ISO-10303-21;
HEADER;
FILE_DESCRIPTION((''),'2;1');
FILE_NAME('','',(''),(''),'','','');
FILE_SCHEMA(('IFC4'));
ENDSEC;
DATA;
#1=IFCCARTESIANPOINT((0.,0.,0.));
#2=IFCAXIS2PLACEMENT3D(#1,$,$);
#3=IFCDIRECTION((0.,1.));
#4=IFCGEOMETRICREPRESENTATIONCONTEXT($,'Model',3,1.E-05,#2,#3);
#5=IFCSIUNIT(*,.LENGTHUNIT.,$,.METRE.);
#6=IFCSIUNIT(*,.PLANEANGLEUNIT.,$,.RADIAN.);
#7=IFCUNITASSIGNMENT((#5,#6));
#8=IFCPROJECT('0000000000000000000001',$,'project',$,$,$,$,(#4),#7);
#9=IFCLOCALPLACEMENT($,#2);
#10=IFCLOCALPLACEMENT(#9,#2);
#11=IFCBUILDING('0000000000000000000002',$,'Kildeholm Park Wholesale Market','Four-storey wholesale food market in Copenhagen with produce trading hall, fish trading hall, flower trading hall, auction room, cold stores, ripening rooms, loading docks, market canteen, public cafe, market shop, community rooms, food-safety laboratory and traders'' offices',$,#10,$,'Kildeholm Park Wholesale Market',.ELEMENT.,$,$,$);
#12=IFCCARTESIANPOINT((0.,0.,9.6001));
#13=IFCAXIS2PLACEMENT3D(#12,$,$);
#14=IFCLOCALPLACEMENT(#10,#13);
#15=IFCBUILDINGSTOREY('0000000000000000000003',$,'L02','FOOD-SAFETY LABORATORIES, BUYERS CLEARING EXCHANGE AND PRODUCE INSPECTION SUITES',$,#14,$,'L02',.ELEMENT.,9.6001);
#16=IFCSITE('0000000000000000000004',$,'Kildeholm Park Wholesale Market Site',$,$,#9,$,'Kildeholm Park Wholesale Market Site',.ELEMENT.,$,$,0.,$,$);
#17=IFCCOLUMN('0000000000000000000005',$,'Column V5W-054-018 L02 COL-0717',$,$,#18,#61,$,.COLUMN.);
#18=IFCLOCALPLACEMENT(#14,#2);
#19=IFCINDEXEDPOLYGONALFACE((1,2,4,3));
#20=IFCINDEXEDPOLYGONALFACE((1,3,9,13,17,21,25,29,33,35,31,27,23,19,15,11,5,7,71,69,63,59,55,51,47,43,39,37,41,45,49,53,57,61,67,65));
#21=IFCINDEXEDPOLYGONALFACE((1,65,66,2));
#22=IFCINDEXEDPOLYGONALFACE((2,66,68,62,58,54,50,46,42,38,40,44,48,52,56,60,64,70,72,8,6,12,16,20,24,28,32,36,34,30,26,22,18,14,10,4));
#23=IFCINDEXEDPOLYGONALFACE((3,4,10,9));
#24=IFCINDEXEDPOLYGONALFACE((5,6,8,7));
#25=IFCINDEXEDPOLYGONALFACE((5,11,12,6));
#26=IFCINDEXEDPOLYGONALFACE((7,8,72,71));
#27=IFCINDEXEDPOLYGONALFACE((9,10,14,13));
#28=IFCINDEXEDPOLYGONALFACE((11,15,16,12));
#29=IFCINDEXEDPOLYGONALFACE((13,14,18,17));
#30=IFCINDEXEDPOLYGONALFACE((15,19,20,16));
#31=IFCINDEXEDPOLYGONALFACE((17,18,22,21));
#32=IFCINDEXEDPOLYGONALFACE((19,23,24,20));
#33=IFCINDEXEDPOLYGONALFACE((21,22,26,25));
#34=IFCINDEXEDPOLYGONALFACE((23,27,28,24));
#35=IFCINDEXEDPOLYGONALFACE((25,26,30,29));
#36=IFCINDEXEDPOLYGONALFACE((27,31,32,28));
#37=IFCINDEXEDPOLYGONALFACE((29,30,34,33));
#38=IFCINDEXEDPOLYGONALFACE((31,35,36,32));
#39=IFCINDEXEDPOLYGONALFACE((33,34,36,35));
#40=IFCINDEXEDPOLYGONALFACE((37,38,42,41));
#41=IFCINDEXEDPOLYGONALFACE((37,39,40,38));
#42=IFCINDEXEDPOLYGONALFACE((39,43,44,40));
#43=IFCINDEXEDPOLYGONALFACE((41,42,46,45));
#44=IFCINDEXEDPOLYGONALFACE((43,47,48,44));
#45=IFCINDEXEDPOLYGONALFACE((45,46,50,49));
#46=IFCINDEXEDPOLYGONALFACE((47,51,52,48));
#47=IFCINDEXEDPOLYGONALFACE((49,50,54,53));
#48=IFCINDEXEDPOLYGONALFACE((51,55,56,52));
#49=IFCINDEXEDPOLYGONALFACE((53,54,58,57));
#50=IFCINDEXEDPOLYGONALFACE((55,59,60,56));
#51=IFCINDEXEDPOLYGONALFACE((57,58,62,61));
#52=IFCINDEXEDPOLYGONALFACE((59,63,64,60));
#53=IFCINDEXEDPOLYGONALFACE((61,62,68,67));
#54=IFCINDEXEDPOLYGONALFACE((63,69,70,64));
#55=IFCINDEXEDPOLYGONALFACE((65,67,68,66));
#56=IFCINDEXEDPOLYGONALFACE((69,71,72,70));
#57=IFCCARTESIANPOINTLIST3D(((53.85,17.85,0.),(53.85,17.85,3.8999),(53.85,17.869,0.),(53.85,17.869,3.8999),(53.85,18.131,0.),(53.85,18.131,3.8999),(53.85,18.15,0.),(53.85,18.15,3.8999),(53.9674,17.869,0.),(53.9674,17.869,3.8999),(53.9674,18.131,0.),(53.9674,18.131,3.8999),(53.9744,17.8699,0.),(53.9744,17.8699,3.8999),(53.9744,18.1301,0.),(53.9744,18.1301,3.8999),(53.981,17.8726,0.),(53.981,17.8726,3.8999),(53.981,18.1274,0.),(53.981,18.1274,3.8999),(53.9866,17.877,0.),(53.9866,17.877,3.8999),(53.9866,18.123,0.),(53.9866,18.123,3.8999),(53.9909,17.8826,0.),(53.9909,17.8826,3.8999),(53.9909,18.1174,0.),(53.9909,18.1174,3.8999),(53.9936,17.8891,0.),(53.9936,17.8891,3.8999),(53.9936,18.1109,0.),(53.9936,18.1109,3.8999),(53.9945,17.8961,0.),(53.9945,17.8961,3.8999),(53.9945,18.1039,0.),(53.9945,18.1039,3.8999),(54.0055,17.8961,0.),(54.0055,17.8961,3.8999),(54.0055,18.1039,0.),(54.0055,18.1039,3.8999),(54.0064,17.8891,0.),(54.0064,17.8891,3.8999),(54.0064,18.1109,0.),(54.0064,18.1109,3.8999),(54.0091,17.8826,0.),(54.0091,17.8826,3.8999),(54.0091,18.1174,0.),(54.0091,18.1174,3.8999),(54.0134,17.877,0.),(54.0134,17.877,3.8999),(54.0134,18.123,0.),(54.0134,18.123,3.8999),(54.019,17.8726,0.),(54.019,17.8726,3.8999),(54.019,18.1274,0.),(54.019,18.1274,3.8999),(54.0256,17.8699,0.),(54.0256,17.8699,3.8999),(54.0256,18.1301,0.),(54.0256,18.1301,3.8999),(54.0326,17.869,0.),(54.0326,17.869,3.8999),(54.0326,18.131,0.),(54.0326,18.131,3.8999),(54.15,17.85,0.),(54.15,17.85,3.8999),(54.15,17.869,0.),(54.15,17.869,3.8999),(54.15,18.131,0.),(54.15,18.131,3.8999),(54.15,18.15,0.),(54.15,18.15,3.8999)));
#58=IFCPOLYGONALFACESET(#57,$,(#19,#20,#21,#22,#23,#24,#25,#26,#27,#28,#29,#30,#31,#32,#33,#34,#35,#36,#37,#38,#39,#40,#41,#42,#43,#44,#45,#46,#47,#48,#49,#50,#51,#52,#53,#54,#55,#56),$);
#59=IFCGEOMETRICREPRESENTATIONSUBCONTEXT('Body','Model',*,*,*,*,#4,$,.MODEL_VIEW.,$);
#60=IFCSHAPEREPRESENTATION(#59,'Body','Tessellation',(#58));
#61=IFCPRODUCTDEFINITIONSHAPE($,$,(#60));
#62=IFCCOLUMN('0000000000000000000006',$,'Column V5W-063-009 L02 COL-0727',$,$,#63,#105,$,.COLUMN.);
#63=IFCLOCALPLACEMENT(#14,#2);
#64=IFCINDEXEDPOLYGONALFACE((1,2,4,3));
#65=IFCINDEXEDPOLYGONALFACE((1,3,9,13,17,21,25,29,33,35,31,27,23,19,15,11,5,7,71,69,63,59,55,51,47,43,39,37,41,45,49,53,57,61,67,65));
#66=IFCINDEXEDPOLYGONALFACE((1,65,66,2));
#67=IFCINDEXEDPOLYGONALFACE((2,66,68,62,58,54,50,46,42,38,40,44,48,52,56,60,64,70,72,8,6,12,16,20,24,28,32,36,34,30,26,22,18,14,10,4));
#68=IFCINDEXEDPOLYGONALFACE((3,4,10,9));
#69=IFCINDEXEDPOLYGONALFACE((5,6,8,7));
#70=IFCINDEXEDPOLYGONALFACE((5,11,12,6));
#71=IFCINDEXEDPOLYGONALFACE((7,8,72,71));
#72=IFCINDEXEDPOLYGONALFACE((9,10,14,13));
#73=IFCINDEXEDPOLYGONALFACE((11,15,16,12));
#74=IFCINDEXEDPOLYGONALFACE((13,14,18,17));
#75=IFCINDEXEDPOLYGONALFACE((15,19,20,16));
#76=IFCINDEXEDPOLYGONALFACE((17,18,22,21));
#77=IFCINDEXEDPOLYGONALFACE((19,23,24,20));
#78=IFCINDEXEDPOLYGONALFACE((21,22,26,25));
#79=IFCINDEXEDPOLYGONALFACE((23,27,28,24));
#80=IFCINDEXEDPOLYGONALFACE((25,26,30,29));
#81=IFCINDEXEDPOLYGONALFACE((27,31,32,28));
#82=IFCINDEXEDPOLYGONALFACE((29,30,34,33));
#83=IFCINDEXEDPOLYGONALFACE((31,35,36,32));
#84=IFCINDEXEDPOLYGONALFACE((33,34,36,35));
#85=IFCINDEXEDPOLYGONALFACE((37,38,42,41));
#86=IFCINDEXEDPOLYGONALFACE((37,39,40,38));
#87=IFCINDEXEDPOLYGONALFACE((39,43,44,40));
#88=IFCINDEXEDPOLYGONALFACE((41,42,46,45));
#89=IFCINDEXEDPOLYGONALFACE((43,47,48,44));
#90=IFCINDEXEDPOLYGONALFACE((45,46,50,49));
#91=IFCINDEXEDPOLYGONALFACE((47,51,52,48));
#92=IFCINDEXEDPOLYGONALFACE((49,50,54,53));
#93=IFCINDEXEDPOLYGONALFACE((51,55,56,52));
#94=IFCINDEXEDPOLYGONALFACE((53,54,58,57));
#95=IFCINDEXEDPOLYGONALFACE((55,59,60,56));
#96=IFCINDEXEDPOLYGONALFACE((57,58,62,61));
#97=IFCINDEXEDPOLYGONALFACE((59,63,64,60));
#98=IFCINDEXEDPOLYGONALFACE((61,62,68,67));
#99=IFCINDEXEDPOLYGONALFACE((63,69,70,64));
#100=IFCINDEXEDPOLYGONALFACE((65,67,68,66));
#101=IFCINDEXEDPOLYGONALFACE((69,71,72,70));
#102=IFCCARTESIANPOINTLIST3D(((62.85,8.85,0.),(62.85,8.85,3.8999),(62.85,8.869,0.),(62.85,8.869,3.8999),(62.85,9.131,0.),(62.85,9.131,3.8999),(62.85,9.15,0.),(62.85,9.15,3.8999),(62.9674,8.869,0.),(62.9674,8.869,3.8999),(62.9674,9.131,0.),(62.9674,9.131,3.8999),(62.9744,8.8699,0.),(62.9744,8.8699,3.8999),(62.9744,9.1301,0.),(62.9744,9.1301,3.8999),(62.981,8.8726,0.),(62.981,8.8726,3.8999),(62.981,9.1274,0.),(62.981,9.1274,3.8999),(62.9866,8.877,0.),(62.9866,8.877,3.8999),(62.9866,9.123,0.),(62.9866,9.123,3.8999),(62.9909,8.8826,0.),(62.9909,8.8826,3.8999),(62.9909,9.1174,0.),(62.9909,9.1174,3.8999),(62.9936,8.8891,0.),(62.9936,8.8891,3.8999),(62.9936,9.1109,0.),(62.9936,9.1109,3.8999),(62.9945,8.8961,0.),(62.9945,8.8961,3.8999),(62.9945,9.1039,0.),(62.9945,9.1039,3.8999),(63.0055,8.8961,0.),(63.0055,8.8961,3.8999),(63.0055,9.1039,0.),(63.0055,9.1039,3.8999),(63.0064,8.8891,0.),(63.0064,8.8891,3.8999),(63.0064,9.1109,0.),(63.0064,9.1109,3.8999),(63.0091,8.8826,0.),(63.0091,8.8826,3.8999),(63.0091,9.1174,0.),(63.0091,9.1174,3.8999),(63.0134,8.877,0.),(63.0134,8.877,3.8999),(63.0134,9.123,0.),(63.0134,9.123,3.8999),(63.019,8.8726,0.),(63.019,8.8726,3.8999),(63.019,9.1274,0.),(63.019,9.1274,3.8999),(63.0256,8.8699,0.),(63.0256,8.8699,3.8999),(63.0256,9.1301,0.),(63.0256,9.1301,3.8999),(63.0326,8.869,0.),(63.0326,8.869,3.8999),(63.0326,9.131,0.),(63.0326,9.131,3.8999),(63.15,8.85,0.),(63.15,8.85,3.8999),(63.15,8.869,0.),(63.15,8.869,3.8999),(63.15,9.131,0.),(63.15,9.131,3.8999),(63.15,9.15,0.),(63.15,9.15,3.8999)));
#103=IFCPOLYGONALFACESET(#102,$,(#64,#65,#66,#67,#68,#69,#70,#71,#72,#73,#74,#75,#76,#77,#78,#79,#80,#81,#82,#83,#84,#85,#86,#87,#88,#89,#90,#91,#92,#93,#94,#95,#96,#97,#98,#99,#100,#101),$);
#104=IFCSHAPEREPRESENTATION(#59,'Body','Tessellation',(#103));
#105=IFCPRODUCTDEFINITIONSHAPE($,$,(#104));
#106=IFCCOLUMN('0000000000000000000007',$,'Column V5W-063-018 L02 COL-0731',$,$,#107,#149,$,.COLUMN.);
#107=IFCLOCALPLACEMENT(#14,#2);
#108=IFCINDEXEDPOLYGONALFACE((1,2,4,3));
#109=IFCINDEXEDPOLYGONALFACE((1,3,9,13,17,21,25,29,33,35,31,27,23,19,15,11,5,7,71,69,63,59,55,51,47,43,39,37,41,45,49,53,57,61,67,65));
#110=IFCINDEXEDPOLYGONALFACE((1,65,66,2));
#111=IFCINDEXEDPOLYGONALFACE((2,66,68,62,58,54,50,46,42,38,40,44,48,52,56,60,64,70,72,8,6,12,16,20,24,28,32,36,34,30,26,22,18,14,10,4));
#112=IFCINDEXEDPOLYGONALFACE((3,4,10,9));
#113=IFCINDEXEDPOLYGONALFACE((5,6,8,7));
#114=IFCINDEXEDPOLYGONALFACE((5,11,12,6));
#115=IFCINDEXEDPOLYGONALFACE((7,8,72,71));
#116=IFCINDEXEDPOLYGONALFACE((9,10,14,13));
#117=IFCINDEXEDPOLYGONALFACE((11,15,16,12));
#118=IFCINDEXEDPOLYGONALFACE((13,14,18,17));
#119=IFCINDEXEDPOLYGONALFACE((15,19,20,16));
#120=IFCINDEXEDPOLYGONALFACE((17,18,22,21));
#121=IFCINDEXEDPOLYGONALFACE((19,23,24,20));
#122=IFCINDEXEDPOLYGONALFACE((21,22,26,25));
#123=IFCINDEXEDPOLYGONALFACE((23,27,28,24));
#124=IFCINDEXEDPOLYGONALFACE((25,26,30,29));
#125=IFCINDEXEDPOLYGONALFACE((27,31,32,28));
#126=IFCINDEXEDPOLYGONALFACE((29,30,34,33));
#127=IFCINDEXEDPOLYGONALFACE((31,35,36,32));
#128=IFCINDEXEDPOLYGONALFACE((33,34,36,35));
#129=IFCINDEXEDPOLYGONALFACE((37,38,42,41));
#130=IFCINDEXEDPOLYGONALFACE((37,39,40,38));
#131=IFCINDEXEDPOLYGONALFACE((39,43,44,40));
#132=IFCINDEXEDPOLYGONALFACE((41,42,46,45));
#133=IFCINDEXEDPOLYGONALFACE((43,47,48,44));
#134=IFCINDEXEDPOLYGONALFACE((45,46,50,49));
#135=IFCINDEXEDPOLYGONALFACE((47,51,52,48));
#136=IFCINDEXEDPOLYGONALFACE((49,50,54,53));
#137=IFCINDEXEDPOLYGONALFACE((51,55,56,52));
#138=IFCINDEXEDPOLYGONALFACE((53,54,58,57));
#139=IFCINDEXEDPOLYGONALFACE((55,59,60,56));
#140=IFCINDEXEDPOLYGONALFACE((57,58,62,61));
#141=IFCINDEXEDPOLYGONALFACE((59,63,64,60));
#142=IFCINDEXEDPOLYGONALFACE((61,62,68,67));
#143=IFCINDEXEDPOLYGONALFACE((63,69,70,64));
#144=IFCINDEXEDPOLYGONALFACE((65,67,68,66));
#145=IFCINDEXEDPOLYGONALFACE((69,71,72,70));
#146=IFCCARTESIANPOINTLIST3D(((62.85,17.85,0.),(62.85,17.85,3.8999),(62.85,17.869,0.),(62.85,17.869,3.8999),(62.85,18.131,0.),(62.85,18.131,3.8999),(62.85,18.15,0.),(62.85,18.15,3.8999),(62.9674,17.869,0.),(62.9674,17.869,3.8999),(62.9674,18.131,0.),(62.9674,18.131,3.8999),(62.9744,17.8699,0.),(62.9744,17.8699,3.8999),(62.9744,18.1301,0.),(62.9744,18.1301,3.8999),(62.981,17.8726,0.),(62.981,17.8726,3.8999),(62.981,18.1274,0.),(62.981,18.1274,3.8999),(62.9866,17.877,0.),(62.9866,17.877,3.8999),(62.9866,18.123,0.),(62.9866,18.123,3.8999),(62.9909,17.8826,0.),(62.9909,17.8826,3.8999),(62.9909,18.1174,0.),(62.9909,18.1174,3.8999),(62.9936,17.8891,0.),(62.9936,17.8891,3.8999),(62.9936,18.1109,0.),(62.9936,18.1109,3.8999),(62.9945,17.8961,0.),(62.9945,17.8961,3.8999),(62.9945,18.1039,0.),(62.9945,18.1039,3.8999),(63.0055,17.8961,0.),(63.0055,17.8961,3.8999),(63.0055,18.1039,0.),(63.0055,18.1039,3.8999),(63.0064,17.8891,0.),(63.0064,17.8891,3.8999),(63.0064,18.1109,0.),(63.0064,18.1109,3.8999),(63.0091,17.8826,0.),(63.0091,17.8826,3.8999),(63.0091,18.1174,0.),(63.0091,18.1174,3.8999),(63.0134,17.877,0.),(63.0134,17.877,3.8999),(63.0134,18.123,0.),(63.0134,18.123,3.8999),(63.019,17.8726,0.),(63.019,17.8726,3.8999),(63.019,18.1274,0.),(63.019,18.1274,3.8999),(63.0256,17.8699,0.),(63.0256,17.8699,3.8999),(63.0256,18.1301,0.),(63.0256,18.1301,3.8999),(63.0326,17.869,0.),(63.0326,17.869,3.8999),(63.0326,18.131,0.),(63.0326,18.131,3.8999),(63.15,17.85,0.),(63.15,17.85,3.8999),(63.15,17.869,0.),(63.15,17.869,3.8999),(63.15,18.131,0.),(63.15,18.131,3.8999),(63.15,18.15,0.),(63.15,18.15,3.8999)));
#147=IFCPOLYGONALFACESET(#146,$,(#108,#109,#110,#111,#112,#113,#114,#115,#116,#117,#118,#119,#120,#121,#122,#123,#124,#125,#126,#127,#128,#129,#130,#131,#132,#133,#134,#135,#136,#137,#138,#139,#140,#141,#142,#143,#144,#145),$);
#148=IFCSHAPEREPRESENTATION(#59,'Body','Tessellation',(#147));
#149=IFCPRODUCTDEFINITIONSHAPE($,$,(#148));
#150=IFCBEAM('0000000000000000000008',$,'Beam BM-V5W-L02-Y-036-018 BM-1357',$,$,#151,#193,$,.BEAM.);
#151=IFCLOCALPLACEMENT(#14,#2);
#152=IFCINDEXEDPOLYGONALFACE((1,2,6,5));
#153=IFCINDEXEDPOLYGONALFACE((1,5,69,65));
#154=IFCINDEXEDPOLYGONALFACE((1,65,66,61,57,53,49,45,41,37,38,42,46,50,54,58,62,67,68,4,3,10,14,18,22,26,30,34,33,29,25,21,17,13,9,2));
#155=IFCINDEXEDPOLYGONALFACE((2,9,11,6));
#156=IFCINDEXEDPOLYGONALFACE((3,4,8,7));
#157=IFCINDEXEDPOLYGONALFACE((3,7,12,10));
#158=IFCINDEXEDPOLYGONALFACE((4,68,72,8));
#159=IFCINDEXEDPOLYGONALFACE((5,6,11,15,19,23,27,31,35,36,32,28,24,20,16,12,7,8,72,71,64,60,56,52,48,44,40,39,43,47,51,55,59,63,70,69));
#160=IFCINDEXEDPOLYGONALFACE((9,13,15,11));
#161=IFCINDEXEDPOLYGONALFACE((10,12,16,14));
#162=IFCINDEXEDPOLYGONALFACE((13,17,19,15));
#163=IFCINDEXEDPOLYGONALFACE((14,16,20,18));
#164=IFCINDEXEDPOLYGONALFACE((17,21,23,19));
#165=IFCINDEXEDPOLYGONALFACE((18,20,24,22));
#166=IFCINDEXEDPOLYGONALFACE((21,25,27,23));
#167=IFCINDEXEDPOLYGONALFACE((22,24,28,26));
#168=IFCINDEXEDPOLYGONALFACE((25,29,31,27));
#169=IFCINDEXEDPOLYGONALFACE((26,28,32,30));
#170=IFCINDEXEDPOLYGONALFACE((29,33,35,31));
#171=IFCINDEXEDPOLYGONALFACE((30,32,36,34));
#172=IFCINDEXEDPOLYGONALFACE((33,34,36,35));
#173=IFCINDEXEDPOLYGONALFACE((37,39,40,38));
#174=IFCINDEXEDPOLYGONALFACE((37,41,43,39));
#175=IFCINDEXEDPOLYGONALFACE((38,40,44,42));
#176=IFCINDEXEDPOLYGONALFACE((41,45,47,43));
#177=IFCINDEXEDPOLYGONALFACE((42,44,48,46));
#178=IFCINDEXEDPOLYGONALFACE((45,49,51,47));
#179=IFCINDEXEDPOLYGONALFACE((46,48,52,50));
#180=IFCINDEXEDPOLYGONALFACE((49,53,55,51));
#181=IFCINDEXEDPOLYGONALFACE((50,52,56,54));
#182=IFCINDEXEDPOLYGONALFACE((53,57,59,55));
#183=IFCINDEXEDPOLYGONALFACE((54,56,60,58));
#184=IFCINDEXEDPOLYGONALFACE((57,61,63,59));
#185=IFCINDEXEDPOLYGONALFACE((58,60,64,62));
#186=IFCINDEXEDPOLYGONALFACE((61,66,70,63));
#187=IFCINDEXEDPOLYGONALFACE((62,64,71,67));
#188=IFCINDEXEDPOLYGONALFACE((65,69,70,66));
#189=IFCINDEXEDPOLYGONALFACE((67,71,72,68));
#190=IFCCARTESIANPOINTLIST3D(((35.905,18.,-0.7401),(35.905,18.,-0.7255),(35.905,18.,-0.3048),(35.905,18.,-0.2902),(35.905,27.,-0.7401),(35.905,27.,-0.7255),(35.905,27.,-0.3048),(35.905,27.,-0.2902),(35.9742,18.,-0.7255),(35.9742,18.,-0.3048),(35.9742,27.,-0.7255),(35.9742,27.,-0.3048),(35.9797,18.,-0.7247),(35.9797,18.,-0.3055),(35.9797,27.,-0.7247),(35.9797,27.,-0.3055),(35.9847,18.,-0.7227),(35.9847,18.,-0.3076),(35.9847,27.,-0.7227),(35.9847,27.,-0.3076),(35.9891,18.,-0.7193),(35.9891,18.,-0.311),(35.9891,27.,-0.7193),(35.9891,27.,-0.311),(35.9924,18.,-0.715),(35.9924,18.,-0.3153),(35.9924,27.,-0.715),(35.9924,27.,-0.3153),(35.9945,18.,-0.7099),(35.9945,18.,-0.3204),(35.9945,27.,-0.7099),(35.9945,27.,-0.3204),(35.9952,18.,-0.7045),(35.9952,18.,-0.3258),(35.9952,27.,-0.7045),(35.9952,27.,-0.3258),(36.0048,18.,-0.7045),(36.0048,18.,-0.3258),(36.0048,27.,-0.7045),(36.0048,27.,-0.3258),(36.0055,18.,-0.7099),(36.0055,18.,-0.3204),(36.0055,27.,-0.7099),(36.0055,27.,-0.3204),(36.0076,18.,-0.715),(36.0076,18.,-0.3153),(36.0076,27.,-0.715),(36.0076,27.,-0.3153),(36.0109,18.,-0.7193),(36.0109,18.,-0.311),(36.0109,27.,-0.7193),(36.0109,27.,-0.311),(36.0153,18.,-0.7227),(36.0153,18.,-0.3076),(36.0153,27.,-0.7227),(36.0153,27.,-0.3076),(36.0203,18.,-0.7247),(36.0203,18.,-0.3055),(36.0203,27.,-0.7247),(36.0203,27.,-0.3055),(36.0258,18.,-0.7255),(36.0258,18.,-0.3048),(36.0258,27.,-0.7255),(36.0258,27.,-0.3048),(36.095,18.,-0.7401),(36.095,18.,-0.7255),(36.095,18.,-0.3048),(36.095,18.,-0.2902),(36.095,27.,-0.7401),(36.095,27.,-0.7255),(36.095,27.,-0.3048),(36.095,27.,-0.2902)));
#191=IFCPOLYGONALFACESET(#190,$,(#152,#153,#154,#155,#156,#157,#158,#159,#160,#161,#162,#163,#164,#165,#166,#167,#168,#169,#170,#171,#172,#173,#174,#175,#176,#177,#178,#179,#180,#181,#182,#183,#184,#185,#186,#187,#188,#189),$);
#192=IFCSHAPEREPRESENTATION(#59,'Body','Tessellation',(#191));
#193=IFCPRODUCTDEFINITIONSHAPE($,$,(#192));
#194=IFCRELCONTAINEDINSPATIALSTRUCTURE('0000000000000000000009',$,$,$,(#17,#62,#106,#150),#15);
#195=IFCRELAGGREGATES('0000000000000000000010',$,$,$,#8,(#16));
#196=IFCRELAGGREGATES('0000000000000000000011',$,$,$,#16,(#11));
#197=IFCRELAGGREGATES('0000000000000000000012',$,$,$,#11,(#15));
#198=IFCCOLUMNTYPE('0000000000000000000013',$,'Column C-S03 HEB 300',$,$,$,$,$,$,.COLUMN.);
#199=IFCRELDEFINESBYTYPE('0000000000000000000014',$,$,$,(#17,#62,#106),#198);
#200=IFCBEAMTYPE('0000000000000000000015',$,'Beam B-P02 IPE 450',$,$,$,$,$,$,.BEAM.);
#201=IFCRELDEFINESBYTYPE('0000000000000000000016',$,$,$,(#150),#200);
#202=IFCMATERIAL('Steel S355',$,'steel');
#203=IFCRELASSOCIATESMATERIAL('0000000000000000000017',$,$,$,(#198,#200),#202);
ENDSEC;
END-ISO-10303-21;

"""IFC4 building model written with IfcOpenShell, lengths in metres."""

from ifc_helpers import new_model, si_unit, direction, frame, origin, origin_2d, place, context, subcontext, project, spatial, i_section, extrude, material, material_profile, profile_set, type_object, element, save


model = new_model("IFC4")

# Units and contexts
model_context = context("Model", 3, precision=1e-05, world=origin(), true_north=direction((0.0, 1.0)))
body_context = subcontext(model_context, "Body", "Model", "MODEL_VIEW")
ifc_project = project(units=[si_unit("LENGTHUNIT", "METRE"), si_unit("PLANEANGLEUNIT", "RADIAN")], contexts=[model_context])

# Site, building, storey
site_placement = place(None, origin())
site = spatial("IfcSite", under=ifc_project, at=site_placement, Name="Kildeholm Park Wholesale Market Site", LongName="Kildeholm Park Wholesale Market Site", CompositionType="ELEMENT", RefElevation=0.0)
building_placement = place(site_placement, origin())
building = spatial("IfcBuilding", under=site, at=building_placement, Name="Kildeholm Park Wholesale Market", Description="Four-storey wholesale food market in Copenhagen with produce trading hall, fish trading hall, flower trading hall, auction room, cold stores, ripening rooms, loading docks, market canteen, public cafe, market shop, community rooms, food-safety laboratory and traders' offices", LongName="Kildeholm Park Wholesale Market", CompositionType="ELEMENT")
storey_placement = place(building_placement, frame((0.0, 0.0, 9.6001)))
storey = spatial("IfcBuildingStorey", under=building, at=storey_placement, Name="L02", Description="FOOD-SAFETY LABORATORIES, BUYERS CLEARING EXCHANGE AND PRODUCE INSPECTION SUITES", LongName="L02", CompositionType="ELEMENT", Elevation=9.6001)

# Columns
ifc_material_1 = material(Name="Steel S355", Category="steel")
ifc_material_profile_1 = material_profile(ifc_material_1, i_section(OverallWidth=0.3, OverallDepth=0.3, WebThickness=0.011, FlangeThickness=0.019, FilletRadius=0.0271, at=origin_2d()), Name="HEB 300")
ifc_profile_set_1 = profile_set([ifc_material_profile_1], Name="Steel S355")
column_type = type_object("IfcColumnType", Name="Column C-S03 HEB 300", PredefinedType="COLUMN", material=ifc_profile_set_1)
for number, where, z_axis, x_axis, name in (
    (1, (54.0, 18.0, 0.0), (0.0, 0.0, 1.0), (1.0, 0.0, 0.0), "Column V5W-054-018 L02 COL-0717"),
    (2, (63.0, 9.0, 0.0), (0.0, 0.0, 1.0), (1.0, 0.0, 0.0), "Column V5W-063-009 L02 COL-0727"),
    (3, (63.0, 18.0, 0.0), (0.0, 0.0, 1.0), (1.0, 0.0, 0.0), "Column V5W-063-018 L02 COL-0731"),
):
    element("IfcColumn", number, at=place(storey_placement, frame(where, z_axis=z_axis, x_axis=x_axis)), inside=storey, type_object=column_type, Name=name, PredefinedType="COLUMN", context=body_context, shape_type="SweptSolid", body=[
        extrude(i_section(OverallWidth=0.3, OverallDepth=0.3, WebThickness=0.011, FlangeThickness=0.019, FilletRadius=0.0271, at=origin_2d()), origin(), (0.0, 0.0, 1.0), 3.8999),
    ])

# Beam
ifc_material_profile_2 = material_profile(ifc_material_1, i_section(OverallWidth=0.1899, OverallDepth=0.45, WebThickness=0.0095, FlangeThickness=0.0146, FilletRadius=0.021, at=origin_2d()), Name="IPE 450")
ifc_profile_set_2 = profile_set([ifc_material_profile_2], Name="Steel S355")
beam_type_1 = type_object("IfcBeamType", Name="Beam B-P02 IPE 450", PredefinedType="BEAM", material=ifc_profile_set_2)
for number, where, z_axis, x_axis, name in (
    (4, (36.0, 18.0, -0.5151), (0.0, 1.0, 0.0), (-1.0, 0.0, 0.0), "Beam BM-V5W-L02-Y-036-018 BM-1357"),
):
    element("IfcBeam", number, at=place(storey_placement, frame(where, z_axis=z_axis, x_axis=x_axis)), inside=storey, type_object=beam_type_1, Name=name, PredefinedType="BEAM", context=body_context, shape_type="SweptSolid", body=[
        extrude(i_section(OverallWidth=0.1899, OverallDepth=0.45, WebThickness=0.0095, FlangeThickness=0.0146, FilletRadius=0.021, at=origin_2d()), origin(), (0.0, 0.0, 1.0), 9.0),
    ])

save(model, "model.ifc")
